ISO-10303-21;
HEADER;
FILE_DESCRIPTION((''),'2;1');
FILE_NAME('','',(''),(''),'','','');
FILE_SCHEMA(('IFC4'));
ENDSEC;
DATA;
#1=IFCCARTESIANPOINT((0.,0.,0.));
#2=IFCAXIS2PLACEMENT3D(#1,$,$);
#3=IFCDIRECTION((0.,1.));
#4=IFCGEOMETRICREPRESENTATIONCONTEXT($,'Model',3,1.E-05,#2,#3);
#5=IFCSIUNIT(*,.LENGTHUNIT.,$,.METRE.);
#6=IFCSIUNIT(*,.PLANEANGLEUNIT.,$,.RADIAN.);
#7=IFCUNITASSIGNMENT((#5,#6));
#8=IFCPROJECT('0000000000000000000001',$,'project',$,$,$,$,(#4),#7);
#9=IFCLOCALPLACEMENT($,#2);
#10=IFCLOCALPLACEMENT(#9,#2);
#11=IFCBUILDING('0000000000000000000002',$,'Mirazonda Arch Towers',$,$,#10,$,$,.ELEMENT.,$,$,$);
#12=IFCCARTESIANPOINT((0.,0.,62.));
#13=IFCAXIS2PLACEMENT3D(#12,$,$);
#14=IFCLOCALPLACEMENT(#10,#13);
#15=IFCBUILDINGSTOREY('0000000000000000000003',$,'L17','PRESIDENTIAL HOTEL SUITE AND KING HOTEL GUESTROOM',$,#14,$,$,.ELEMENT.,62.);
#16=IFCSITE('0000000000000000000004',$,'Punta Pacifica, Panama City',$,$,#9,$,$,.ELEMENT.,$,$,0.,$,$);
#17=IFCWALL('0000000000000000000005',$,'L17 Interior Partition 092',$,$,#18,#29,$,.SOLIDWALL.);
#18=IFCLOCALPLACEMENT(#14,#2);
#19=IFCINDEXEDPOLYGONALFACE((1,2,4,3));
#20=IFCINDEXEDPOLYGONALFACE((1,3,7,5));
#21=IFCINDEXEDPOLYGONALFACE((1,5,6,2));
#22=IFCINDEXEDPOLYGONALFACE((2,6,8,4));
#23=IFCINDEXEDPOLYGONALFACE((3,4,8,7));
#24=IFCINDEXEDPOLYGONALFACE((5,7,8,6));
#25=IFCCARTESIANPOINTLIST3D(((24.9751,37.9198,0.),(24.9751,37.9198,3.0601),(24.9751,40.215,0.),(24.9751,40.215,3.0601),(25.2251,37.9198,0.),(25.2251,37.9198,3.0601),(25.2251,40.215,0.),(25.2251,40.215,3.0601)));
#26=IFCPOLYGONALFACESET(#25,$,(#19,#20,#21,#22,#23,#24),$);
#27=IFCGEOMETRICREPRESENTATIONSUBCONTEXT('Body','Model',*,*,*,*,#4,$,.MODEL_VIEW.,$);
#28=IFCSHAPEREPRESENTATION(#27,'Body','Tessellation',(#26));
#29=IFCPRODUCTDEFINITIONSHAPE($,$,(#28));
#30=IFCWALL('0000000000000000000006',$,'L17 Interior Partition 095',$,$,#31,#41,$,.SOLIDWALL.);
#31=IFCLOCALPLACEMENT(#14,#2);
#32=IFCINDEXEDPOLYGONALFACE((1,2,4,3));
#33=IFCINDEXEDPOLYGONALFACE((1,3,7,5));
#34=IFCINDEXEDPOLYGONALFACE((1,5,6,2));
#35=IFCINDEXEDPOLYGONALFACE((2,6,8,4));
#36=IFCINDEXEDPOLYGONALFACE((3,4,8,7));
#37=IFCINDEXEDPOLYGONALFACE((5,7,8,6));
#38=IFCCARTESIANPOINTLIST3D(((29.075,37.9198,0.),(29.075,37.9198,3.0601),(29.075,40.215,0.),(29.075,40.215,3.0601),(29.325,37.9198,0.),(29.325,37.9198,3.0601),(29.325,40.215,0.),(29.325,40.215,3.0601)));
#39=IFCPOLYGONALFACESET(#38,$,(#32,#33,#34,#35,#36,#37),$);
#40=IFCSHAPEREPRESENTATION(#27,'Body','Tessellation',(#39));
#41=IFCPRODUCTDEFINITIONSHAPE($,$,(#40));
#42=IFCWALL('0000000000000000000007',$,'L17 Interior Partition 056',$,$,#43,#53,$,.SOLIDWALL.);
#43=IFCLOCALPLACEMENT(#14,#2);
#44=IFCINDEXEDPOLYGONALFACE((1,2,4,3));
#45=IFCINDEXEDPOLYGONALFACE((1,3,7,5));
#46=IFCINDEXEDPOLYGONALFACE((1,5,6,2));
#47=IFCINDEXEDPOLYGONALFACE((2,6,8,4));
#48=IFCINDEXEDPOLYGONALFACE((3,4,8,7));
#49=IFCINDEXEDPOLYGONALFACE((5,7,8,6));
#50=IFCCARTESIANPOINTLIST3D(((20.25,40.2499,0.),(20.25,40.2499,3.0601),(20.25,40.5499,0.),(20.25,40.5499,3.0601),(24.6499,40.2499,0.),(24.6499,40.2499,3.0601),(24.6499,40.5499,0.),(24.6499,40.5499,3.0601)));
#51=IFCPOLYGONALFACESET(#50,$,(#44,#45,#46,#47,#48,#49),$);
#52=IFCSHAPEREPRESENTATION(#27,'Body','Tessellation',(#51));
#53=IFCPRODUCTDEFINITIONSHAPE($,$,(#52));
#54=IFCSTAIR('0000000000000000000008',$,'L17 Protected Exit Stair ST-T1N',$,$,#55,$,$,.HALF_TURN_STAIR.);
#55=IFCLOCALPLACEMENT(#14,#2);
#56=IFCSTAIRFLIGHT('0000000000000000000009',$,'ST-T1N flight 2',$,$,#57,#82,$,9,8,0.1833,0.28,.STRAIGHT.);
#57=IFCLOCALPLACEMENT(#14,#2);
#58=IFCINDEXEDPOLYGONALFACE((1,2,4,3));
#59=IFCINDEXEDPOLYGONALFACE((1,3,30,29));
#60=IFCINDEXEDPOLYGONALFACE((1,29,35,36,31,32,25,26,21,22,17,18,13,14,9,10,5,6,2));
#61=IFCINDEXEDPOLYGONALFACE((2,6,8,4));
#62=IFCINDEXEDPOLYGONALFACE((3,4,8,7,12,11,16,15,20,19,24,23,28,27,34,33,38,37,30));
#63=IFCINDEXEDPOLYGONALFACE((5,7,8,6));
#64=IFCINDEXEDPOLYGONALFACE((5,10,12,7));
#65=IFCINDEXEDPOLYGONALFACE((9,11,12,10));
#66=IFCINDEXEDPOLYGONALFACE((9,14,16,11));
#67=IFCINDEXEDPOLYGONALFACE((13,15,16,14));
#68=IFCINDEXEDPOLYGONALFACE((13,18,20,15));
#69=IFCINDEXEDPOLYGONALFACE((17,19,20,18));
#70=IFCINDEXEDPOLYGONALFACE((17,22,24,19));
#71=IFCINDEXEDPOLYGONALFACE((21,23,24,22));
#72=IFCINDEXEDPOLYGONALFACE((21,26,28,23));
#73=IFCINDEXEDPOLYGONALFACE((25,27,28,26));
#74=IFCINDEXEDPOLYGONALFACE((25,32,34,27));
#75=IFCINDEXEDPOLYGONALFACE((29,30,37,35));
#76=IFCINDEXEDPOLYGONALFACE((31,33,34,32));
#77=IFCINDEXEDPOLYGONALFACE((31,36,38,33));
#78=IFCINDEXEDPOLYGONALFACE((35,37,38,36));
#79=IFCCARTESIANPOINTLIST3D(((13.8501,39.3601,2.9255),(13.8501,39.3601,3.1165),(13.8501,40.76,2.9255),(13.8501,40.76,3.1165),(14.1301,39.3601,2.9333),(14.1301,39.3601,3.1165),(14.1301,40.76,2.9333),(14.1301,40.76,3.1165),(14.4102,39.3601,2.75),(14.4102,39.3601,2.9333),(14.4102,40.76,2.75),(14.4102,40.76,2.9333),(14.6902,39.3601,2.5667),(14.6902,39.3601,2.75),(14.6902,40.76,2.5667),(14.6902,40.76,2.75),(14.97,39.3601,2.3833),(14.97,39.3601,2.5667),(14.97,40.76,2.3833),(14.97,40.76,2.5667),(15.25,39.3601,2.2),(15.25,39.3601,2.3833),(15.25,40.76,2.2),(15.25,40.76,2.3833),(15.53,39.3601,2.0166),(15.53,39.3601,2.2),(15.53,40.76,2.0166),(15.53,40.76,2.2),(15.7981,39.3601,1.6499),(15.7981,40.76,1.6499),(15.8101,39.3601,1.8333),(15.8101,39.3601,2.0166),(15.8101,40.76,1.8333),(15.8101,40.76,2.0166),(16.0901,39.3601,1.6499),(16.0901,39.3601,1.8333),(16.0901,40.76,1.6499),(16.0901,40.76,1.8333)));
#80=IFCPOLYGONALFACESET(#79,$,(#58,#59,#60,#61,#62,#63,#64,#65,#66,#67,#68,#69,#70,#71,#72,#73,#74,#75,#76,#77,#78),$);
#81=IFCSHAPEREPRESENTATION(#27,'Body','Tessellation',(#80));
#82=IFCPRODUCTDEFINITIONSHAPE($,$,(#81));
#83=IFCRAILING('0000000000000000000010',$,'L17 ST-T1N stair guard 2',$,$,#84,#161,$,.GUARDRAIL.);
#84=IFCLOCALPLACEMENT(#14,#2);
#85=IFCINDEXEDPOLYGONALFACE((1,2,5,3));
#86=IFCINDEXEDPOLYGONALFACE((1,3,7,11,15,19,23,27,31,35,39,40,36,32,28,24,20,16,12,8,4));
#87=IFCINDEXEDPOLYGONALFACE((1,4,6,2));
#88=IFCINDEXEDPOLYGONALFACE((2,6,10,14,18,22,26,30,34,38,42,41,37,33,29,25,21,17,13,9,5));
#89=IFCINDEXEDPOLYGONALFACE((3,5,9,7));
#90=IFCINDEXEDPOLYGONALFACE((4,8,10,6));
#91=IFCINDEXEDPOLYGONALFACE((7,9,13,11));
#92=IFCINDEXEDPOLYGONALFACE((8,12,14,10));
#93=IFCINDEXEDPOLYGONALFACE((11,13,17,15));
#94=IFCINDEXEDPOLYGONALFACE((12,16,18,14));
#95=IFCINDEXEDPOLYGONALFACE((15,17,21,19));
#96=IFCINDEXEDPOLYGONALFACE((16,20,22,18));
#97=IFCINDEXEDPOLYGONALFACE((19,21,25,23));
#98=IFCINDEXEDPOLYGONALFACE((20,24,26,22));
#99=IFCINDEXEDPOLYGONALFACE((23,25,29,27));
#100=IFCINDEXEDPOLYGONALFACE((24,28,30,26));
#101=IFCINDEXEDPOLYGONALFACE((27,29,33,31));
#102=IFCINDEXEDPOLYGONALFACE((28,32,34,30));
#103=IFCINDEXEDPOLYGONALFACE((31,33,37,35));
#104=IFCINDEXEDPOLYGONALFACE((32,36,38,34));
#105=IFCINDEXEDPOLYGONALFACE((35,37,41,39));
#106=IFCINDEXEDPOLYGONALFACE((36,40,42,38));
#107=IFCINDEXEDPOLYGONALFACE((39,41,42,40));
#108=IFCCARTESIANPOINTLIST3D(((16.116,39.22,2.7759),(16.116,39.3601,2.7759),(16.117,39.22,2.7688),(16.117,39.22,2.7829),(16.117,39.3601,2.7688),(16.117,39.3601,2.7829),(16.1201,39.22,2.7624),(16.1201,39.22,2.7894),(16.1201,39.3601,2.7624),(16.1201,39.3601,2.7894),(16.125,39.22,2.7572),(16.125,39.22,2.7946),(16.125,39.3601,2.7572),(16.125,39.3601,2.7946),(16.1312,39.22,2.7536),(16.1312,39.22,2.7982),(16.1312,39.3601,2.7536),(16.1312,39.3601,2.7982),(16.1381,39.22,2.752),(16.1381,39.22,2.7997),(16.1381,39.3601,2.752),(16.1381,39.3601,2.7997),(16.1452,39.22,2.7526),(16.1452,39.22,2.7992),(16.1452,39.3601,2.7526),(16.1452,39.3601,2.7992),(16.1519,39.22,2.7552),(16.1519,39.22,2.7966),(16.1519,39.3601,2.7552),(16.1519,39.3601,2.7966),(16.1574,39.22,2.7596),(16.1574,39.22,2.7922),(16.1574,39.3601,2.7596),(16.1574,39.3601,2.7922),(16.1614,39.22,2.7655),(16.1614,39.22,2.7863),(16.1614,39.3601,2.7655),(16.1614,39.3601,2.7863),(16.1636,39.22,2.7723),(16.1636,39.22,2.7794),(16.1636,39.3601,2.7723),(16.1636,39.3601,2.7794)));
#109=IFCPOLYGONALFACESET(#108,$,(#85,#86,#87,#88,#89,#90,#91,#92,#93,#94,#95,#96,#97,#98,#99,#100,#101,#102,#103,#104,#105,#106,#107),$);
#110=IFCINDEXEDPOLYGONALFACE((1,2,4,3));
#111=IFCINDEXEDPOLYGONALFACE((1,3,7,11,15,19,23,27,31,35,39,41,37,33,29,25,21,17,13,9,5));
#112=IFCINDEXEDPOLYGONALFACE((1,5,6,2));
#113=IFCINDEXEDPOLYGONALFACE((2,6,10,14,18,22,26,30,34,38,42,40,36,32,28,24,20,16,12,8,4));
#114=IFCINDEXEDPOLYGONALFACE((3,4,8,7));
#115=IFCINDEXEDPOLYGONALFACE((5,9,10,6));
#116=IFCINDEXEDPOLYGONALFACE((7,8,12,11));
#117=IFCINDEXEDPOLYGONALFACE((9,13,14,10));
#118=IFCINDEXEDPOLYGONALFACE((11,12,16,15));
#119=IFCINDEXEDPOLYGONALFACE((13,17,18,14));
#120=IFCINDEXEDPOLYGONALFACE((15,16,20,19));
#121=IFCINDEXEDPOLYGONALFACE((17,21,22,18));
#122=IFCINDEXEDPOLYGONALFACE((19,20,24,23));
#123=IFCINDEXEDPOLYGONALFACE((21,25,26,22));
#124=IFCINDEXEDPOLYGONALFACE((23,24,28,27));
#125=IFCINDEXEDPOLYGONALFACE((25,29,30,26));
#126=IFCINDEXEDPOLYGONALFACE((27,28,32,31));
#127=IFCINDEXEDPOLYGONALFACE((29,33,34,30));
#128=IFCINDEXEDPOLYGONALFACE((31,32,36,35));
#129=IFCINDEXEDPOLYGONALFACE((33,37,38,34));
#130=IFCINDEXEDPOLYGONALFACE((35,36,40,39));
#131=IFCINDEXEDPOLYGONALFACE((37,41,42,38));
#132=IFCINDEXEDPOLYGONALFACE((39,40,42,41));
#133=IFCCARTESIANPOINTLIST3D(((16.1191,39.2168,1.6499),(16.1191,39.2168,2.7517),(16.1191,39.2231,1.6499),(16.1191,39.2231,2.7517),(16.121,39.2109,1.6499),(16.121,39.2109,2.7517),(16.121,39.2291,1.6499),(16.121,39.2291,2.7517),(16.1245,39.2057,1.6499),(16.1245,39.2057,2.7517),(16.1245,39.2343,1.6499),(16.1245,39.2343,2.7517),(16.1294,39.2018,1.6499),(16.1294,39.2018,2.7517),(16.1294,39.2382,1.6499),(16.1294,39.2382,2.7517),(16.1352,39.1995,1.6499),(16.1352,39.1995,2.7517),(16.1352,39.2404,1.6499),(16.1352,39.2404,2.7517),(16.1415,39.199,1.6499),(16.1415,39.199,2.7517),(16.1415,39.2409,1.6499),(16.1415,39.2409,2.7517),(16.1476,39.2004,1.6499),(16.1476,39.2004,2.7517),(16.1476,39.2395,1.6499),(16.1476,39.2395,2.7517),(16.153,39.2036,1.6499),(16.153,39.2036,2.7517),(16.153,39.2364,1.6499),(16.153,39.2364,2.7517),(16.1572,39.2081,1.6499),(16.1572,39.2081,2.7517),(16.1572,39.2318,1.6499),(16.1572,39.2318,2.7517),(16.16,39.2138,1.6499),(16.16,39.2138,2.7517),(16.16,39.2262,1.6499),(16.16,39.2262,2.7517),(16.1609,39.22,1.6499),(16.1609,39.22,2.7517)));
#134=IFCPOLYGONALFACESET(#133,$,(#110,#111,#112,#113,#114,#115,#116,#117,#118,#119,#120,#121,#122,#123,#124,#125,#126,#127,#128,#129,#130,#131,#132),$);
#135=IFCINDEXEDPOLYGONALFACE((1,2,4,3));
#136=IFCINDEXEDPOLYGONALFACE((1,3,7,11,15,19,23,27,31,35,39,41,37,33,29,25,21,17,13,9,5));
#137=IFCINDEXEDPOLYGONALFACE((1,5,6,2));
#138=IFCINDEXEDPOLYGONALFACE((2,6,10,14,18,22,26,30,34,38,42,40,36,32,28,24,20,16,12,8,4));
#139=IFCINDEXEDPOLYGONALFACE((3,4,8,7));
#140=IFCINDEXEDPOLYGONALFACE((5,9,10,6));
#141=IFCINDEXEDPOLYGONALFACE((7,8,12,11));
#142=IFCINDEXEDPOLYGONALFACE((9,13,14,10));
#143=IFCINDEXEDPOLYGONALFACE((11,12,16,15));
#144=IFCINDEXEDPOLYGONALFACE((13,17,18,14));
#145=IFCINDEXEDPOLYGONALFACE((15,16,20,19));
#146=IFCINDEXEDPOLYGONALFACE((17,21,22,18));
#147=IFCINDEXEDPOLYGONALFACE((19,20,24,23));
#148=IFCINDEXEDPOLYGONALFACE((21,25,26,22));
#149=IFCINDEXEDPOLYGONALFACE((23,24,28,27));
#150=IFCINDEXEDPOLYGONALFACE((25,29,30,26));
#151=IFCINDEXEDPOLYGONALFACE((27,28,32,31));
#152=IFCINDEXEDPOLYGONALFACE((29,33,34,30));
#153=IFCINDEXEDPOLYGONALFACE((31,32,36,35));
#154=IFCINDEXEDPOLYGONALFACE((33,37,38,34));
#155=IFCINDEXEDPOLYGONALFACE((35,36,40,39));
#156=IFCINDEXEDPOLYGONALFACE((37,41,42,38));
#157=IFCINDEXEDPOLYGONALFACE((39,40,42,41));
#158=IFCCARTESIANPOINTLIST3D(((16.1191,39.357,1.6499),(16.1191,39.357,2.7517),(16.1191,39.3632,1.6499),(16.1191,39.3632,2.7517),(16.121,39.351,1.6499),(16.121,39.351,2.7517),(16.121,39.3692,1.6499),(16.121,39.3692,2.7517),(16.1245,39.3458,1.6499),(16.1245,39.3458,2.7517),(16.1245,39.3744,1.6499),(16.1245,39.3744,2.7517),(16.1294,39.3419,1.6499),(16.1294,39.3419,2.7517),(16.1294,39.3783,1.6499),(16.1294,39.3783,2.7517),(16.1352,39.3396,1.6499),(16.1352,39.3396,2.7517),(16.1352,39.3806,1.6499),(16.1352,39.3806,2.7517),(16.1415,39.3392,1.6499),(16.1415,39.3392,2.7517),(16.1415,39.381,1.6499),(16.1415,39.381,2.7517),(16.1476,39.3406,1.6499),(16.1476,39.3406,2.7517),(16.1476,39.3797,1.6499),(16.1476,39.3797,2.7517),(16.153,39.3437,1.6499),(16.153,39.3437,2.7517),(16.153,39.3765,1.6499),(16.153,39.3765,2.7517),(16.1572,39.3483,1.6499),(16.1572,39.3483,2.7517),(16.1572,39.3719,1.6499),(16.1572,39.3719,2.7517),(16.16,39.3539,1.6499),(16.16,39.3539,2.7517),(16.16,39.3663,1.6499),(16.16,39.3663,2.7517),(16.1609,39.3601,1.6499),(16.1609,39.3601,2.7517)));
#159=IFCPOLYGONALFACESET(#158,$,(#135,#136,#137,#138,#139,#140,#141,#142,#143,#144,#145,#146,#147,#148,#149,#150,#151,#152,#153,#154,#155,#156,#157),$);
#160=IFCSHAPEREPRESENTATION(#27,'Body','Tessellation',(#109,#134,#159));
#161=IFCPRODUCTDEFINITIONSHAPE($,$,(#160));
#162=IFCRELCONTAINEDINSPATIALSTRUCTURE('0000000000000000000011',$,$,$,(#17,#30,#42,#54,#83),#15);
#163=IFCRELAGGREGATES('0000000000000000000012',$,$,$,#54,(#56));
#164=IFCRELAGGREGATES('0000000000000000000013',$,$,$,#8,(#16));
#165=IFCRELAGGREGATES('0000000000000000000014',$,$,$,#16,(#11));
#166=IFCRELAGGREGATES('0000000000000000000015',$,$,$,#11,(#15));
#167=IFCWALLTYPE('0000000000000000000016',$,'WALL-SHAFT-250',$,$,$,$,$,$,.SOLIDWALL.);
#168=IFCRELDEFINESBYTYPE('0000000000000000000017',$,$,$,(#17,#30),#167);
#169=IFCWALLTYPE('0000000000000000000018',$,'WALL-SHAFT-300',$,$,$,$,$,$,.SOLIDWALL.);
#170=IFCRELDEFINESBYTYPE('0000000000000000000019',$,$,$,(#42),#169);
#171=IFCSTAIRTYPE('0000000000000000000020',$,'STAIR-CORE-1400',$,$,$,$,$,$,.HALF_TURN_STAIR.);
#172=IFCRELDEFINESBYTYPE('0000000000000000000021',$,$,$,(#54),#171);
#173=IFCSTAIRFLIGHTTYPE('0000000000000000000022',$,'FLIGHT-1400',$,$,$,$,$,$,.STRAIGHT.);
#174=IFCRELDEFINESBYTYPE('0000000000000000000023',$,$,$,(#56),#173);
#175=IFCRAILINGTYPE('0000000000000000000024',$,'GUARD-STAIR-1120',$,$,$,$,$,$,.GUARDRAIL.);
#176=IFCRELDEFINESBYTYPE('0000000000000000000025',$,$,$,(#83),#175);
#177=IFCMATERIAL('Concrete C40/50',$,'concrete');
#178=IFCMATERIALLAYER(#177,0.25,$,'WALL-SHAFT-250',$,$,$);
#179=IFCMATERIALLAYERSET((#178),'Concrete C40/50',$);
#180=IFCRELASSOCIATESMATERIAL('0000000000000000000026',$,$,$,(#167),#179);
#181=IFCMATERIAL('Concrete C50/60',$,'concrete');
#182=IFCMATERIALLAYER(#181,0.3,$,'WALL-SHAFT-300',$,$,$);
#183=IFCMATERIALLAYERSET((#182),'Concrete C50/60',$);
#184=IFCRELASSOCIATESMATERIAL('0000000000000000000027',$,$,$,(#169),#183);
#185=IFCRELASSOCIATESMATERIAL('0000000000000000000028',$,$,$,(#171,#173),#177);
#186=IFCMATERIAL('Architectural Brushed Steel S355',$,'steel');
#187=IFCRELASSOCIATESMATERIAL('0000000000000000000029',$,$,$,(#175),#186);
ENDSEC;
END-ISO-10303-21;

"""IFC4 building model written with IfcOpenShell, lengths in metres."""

from ifc_helpers import new_model, si_unit, direction, frame, frame_2d, origin, origin_2d, place, context, subcontext, project, spatial, polyline, rectangle, circle, outline, extrude, material, layer, layer_set, type_object, element, aggregate, save


model = new_model("IFC4")

# Units and contexts
model_context = context("Model", 3, precision=1e-05, world=origin(), true_north=direction((0.0, 1.0)))
body_context = subcontext(model_context, "Body", "Model", "MODEL_VIEW")
ifc_project = project(units=[si_unit("LENGTHUNIT", "METRE"), si_unit("PLANEANGLEUNIT", "RADIAN")], contexts=[model_context])

# Site, building, storey
site_placement = place(None, origin())
site = spatial("IfcSite", under=ifc_project, at=site_placement, Name="Punta Pacifica, Panama City", CompositionType="ELEMENT", RefElevation=0.0)
building_placement = place(site_placement, origin())
building = spatial("IfcBuilding", under=site, at=building_placement, Name="Mirazonda Arch Towers", CompositionType="ELEMENT")
storey_placement = place(building_placement, frame((0.0, 0.0, 62.0)))
storey = spatial("IfcBuildingStorey", under=building, at=storey_placement, Name="L17", Description="PRESIDENTIAL HOTEL SUITE AND KING HOTEL GUESTROOM", CompositionType="ELEMENT", Elevation=62.0)

# Shared definitions
ifc_material_1 = material(Name="Architectural Brushed Steel S355", Category="steel")

# Walls
ifc_material_2 = material(Name="Concrete C40/50", Category="concrete")
ifc_layer_1 = layer(ifc_material_2, 0.25, Name="WALL-SHAFT-250")
ifc_layer_set_1 = layer_set([ifc_layer_1], Name="Concrete C40/50")
wall_type_1 = type_object("IfcWallType", Name="WALL-SHAFT-250", PredefinedType="SOLIDWALL", material=ifc_layer_set_1)
for number, where, z_axis, x_axis, name in (
    (1, (25.1001, 37.9199, 0.0), (0.0, 0.0, 1.0), (0.0, 1.0, 0.0), "L17 Interior Partition 092"),
    (2, (29.2, 37.9199, 0.0), (0.0, 0.0, 1.0), (0.0, 1.0, 0.0), "L17 Interior Partition 095"),
):
    element("IfcWall", number, at=place(storey_placement, frame(where, z_axis=z_axis, x_axis=x_axis)), inside=storey, type_object=wall_type_1, Name=name, PredefinedType="SOLIDWALL", context=body_context, shape_type="SweptSolid", body=[
        extrude(rectangle(XDim=2.2952, YDim=0.25, at=frame_2d((1.1475, 0.0))), origin(), (0.0, 0.0, 1.0), 3.0601),
    ])
ifc_material_3 = material(Name="Concrete C50/60", Category="concrete")
ifc_layer_2 = layer(ifc_material_3, 0.3, Name="WALL-SHAFT-300")
ifc_layer_set_2 = layer_set([ifc_layer_2], Name="Concrete C50/60")
wall_type_2 = type_object("IfcWallType", Name="WALL-SHAFT-300", PredefinedType="SOLIDWALL", material=ifc_layer_set_2)
wall_1_placement = place(storey_placement, frame((20.25, 40.3999, 0.0), z_axis=(0.0, 0.0, 1.0), x_axis=(1.0, 0.0, 0.0)))
element("IfcWall", 3, at=wall_1_placement, inside=storey, type_object=wall_type_2, Name="L17 Interior Partition 056", PredefinedType="SOLIDWALL", context=body_context, shape_type="SweptSolid", body=[
    extrude(rectangle(XDim=4.3999, YDim=0.3, at=frame_2d((2.2, 0.0))), origin(), (0.0, 0.0, 1.0), 3.0601),
])

# Stair, stair flight
stair_type = type_object("IfcStairType", Name="STAIR-CORE-1400", PredefinedType="HALF_TURN_STAIR", material=ifc_material_2)
stair_placement = place(storey_placement, origin())
stair = element("IfcStair", 4, at=stair_placement, inside=storey, type_object=stair_type, Name="L17 Protected Exit Stair ST-T1N", PredefinedType="HALF_TURN_STAIR")
stair_flight_type = type_object("IfcStairFlightType", Name="FLIGHT-1400", PredefinedType="STRAIGHT", material=ifc_material_2)
stair_flight_placement = place(storey_placement, frame((16.0901, 40.0601, 1.6499), z_axis=(0.0, 0.0, 1.0), x_axis=(-1.0, 0.0, 0.0)))
stair_flight = element("IfcStairFlight", 5, at=stair_flight_placement, type_object=stair_flight_type, Name="ST-T1N flight 2", NumberOfRisers=9, NumberOfTreads=8, PredefinedType="STRAIGHT", RiserHeight=0.1833, TreadLength=0.28, context=body_context, shape_type="SweptSolid", body=[
    extrude(outline(polyline([(0.0, 0.0), (0.0, 0.1833), (0.28, 0.1833), (0.28, 0.3667), (0.5601, 0.3667), (0.5601, 0.55), (0.8401, 0.55), (0.8401, 0.7334), (1.1201, 0.7334), (1.1201, 0.9167), (1.3999, 0.9167), (1.3999, 1.1001), (1.6799, 1.1001), (1.6799, 1.2834), (1.96, 1.2834), (1.96, 1.4666), (2.24, 1.4666), (2.24, 1.6499), (2.24, 1.2756), (0.292, 0.0), (0.0, 0.0)])), frame((0.0, 0.7, 0.0), z_axis=(0.0, -1.0, 0.0), x_axis=(1.0, 0.0, 0.0)), (0.0, 0.0, 1.0), 1.3999),
])
aggregate(stair, [stair_flight])

# Railing
railing_type_1 = type_object("IfcRailingType", Name="GUARD-STAIR-1120", PredefinedType="GUARDRAIL", material=ifc_material_1)
railing_1_placement = place(storey_placement, frame((16.1399, 39.22, 1.6499)))
element("IfcRailing", 6, at=railing_1_placement, inside=storey, type_object=railing_type_1, Name="L17 ST-T1N stair guard 2", PredefinedType="GUARDRAIL", context=body_context, shape_type="SweptSolid", body=[
    extrude(circle(Radius=0.0239, at=origin_2d()), frame((0.0, 0.0, 1.126), z_axis=(0.0, 1.0, 0.0), x_axis=(-1.0, 0.0, 0.0)), (0.0, 0.0, 1.0), 0.1401),
    extrude(circle(Radius=0.021, at=origin_2d()), origin(), (0.0, 0.0, 1.0), 1.1018),
    extrude(circle(Radius=0.021, at=origin_2d()), frame((0.0, 0.1401, 0.0)), (0.0, 0.0, 1.0), 1.1018),
])

save(model, "model.ifc")
